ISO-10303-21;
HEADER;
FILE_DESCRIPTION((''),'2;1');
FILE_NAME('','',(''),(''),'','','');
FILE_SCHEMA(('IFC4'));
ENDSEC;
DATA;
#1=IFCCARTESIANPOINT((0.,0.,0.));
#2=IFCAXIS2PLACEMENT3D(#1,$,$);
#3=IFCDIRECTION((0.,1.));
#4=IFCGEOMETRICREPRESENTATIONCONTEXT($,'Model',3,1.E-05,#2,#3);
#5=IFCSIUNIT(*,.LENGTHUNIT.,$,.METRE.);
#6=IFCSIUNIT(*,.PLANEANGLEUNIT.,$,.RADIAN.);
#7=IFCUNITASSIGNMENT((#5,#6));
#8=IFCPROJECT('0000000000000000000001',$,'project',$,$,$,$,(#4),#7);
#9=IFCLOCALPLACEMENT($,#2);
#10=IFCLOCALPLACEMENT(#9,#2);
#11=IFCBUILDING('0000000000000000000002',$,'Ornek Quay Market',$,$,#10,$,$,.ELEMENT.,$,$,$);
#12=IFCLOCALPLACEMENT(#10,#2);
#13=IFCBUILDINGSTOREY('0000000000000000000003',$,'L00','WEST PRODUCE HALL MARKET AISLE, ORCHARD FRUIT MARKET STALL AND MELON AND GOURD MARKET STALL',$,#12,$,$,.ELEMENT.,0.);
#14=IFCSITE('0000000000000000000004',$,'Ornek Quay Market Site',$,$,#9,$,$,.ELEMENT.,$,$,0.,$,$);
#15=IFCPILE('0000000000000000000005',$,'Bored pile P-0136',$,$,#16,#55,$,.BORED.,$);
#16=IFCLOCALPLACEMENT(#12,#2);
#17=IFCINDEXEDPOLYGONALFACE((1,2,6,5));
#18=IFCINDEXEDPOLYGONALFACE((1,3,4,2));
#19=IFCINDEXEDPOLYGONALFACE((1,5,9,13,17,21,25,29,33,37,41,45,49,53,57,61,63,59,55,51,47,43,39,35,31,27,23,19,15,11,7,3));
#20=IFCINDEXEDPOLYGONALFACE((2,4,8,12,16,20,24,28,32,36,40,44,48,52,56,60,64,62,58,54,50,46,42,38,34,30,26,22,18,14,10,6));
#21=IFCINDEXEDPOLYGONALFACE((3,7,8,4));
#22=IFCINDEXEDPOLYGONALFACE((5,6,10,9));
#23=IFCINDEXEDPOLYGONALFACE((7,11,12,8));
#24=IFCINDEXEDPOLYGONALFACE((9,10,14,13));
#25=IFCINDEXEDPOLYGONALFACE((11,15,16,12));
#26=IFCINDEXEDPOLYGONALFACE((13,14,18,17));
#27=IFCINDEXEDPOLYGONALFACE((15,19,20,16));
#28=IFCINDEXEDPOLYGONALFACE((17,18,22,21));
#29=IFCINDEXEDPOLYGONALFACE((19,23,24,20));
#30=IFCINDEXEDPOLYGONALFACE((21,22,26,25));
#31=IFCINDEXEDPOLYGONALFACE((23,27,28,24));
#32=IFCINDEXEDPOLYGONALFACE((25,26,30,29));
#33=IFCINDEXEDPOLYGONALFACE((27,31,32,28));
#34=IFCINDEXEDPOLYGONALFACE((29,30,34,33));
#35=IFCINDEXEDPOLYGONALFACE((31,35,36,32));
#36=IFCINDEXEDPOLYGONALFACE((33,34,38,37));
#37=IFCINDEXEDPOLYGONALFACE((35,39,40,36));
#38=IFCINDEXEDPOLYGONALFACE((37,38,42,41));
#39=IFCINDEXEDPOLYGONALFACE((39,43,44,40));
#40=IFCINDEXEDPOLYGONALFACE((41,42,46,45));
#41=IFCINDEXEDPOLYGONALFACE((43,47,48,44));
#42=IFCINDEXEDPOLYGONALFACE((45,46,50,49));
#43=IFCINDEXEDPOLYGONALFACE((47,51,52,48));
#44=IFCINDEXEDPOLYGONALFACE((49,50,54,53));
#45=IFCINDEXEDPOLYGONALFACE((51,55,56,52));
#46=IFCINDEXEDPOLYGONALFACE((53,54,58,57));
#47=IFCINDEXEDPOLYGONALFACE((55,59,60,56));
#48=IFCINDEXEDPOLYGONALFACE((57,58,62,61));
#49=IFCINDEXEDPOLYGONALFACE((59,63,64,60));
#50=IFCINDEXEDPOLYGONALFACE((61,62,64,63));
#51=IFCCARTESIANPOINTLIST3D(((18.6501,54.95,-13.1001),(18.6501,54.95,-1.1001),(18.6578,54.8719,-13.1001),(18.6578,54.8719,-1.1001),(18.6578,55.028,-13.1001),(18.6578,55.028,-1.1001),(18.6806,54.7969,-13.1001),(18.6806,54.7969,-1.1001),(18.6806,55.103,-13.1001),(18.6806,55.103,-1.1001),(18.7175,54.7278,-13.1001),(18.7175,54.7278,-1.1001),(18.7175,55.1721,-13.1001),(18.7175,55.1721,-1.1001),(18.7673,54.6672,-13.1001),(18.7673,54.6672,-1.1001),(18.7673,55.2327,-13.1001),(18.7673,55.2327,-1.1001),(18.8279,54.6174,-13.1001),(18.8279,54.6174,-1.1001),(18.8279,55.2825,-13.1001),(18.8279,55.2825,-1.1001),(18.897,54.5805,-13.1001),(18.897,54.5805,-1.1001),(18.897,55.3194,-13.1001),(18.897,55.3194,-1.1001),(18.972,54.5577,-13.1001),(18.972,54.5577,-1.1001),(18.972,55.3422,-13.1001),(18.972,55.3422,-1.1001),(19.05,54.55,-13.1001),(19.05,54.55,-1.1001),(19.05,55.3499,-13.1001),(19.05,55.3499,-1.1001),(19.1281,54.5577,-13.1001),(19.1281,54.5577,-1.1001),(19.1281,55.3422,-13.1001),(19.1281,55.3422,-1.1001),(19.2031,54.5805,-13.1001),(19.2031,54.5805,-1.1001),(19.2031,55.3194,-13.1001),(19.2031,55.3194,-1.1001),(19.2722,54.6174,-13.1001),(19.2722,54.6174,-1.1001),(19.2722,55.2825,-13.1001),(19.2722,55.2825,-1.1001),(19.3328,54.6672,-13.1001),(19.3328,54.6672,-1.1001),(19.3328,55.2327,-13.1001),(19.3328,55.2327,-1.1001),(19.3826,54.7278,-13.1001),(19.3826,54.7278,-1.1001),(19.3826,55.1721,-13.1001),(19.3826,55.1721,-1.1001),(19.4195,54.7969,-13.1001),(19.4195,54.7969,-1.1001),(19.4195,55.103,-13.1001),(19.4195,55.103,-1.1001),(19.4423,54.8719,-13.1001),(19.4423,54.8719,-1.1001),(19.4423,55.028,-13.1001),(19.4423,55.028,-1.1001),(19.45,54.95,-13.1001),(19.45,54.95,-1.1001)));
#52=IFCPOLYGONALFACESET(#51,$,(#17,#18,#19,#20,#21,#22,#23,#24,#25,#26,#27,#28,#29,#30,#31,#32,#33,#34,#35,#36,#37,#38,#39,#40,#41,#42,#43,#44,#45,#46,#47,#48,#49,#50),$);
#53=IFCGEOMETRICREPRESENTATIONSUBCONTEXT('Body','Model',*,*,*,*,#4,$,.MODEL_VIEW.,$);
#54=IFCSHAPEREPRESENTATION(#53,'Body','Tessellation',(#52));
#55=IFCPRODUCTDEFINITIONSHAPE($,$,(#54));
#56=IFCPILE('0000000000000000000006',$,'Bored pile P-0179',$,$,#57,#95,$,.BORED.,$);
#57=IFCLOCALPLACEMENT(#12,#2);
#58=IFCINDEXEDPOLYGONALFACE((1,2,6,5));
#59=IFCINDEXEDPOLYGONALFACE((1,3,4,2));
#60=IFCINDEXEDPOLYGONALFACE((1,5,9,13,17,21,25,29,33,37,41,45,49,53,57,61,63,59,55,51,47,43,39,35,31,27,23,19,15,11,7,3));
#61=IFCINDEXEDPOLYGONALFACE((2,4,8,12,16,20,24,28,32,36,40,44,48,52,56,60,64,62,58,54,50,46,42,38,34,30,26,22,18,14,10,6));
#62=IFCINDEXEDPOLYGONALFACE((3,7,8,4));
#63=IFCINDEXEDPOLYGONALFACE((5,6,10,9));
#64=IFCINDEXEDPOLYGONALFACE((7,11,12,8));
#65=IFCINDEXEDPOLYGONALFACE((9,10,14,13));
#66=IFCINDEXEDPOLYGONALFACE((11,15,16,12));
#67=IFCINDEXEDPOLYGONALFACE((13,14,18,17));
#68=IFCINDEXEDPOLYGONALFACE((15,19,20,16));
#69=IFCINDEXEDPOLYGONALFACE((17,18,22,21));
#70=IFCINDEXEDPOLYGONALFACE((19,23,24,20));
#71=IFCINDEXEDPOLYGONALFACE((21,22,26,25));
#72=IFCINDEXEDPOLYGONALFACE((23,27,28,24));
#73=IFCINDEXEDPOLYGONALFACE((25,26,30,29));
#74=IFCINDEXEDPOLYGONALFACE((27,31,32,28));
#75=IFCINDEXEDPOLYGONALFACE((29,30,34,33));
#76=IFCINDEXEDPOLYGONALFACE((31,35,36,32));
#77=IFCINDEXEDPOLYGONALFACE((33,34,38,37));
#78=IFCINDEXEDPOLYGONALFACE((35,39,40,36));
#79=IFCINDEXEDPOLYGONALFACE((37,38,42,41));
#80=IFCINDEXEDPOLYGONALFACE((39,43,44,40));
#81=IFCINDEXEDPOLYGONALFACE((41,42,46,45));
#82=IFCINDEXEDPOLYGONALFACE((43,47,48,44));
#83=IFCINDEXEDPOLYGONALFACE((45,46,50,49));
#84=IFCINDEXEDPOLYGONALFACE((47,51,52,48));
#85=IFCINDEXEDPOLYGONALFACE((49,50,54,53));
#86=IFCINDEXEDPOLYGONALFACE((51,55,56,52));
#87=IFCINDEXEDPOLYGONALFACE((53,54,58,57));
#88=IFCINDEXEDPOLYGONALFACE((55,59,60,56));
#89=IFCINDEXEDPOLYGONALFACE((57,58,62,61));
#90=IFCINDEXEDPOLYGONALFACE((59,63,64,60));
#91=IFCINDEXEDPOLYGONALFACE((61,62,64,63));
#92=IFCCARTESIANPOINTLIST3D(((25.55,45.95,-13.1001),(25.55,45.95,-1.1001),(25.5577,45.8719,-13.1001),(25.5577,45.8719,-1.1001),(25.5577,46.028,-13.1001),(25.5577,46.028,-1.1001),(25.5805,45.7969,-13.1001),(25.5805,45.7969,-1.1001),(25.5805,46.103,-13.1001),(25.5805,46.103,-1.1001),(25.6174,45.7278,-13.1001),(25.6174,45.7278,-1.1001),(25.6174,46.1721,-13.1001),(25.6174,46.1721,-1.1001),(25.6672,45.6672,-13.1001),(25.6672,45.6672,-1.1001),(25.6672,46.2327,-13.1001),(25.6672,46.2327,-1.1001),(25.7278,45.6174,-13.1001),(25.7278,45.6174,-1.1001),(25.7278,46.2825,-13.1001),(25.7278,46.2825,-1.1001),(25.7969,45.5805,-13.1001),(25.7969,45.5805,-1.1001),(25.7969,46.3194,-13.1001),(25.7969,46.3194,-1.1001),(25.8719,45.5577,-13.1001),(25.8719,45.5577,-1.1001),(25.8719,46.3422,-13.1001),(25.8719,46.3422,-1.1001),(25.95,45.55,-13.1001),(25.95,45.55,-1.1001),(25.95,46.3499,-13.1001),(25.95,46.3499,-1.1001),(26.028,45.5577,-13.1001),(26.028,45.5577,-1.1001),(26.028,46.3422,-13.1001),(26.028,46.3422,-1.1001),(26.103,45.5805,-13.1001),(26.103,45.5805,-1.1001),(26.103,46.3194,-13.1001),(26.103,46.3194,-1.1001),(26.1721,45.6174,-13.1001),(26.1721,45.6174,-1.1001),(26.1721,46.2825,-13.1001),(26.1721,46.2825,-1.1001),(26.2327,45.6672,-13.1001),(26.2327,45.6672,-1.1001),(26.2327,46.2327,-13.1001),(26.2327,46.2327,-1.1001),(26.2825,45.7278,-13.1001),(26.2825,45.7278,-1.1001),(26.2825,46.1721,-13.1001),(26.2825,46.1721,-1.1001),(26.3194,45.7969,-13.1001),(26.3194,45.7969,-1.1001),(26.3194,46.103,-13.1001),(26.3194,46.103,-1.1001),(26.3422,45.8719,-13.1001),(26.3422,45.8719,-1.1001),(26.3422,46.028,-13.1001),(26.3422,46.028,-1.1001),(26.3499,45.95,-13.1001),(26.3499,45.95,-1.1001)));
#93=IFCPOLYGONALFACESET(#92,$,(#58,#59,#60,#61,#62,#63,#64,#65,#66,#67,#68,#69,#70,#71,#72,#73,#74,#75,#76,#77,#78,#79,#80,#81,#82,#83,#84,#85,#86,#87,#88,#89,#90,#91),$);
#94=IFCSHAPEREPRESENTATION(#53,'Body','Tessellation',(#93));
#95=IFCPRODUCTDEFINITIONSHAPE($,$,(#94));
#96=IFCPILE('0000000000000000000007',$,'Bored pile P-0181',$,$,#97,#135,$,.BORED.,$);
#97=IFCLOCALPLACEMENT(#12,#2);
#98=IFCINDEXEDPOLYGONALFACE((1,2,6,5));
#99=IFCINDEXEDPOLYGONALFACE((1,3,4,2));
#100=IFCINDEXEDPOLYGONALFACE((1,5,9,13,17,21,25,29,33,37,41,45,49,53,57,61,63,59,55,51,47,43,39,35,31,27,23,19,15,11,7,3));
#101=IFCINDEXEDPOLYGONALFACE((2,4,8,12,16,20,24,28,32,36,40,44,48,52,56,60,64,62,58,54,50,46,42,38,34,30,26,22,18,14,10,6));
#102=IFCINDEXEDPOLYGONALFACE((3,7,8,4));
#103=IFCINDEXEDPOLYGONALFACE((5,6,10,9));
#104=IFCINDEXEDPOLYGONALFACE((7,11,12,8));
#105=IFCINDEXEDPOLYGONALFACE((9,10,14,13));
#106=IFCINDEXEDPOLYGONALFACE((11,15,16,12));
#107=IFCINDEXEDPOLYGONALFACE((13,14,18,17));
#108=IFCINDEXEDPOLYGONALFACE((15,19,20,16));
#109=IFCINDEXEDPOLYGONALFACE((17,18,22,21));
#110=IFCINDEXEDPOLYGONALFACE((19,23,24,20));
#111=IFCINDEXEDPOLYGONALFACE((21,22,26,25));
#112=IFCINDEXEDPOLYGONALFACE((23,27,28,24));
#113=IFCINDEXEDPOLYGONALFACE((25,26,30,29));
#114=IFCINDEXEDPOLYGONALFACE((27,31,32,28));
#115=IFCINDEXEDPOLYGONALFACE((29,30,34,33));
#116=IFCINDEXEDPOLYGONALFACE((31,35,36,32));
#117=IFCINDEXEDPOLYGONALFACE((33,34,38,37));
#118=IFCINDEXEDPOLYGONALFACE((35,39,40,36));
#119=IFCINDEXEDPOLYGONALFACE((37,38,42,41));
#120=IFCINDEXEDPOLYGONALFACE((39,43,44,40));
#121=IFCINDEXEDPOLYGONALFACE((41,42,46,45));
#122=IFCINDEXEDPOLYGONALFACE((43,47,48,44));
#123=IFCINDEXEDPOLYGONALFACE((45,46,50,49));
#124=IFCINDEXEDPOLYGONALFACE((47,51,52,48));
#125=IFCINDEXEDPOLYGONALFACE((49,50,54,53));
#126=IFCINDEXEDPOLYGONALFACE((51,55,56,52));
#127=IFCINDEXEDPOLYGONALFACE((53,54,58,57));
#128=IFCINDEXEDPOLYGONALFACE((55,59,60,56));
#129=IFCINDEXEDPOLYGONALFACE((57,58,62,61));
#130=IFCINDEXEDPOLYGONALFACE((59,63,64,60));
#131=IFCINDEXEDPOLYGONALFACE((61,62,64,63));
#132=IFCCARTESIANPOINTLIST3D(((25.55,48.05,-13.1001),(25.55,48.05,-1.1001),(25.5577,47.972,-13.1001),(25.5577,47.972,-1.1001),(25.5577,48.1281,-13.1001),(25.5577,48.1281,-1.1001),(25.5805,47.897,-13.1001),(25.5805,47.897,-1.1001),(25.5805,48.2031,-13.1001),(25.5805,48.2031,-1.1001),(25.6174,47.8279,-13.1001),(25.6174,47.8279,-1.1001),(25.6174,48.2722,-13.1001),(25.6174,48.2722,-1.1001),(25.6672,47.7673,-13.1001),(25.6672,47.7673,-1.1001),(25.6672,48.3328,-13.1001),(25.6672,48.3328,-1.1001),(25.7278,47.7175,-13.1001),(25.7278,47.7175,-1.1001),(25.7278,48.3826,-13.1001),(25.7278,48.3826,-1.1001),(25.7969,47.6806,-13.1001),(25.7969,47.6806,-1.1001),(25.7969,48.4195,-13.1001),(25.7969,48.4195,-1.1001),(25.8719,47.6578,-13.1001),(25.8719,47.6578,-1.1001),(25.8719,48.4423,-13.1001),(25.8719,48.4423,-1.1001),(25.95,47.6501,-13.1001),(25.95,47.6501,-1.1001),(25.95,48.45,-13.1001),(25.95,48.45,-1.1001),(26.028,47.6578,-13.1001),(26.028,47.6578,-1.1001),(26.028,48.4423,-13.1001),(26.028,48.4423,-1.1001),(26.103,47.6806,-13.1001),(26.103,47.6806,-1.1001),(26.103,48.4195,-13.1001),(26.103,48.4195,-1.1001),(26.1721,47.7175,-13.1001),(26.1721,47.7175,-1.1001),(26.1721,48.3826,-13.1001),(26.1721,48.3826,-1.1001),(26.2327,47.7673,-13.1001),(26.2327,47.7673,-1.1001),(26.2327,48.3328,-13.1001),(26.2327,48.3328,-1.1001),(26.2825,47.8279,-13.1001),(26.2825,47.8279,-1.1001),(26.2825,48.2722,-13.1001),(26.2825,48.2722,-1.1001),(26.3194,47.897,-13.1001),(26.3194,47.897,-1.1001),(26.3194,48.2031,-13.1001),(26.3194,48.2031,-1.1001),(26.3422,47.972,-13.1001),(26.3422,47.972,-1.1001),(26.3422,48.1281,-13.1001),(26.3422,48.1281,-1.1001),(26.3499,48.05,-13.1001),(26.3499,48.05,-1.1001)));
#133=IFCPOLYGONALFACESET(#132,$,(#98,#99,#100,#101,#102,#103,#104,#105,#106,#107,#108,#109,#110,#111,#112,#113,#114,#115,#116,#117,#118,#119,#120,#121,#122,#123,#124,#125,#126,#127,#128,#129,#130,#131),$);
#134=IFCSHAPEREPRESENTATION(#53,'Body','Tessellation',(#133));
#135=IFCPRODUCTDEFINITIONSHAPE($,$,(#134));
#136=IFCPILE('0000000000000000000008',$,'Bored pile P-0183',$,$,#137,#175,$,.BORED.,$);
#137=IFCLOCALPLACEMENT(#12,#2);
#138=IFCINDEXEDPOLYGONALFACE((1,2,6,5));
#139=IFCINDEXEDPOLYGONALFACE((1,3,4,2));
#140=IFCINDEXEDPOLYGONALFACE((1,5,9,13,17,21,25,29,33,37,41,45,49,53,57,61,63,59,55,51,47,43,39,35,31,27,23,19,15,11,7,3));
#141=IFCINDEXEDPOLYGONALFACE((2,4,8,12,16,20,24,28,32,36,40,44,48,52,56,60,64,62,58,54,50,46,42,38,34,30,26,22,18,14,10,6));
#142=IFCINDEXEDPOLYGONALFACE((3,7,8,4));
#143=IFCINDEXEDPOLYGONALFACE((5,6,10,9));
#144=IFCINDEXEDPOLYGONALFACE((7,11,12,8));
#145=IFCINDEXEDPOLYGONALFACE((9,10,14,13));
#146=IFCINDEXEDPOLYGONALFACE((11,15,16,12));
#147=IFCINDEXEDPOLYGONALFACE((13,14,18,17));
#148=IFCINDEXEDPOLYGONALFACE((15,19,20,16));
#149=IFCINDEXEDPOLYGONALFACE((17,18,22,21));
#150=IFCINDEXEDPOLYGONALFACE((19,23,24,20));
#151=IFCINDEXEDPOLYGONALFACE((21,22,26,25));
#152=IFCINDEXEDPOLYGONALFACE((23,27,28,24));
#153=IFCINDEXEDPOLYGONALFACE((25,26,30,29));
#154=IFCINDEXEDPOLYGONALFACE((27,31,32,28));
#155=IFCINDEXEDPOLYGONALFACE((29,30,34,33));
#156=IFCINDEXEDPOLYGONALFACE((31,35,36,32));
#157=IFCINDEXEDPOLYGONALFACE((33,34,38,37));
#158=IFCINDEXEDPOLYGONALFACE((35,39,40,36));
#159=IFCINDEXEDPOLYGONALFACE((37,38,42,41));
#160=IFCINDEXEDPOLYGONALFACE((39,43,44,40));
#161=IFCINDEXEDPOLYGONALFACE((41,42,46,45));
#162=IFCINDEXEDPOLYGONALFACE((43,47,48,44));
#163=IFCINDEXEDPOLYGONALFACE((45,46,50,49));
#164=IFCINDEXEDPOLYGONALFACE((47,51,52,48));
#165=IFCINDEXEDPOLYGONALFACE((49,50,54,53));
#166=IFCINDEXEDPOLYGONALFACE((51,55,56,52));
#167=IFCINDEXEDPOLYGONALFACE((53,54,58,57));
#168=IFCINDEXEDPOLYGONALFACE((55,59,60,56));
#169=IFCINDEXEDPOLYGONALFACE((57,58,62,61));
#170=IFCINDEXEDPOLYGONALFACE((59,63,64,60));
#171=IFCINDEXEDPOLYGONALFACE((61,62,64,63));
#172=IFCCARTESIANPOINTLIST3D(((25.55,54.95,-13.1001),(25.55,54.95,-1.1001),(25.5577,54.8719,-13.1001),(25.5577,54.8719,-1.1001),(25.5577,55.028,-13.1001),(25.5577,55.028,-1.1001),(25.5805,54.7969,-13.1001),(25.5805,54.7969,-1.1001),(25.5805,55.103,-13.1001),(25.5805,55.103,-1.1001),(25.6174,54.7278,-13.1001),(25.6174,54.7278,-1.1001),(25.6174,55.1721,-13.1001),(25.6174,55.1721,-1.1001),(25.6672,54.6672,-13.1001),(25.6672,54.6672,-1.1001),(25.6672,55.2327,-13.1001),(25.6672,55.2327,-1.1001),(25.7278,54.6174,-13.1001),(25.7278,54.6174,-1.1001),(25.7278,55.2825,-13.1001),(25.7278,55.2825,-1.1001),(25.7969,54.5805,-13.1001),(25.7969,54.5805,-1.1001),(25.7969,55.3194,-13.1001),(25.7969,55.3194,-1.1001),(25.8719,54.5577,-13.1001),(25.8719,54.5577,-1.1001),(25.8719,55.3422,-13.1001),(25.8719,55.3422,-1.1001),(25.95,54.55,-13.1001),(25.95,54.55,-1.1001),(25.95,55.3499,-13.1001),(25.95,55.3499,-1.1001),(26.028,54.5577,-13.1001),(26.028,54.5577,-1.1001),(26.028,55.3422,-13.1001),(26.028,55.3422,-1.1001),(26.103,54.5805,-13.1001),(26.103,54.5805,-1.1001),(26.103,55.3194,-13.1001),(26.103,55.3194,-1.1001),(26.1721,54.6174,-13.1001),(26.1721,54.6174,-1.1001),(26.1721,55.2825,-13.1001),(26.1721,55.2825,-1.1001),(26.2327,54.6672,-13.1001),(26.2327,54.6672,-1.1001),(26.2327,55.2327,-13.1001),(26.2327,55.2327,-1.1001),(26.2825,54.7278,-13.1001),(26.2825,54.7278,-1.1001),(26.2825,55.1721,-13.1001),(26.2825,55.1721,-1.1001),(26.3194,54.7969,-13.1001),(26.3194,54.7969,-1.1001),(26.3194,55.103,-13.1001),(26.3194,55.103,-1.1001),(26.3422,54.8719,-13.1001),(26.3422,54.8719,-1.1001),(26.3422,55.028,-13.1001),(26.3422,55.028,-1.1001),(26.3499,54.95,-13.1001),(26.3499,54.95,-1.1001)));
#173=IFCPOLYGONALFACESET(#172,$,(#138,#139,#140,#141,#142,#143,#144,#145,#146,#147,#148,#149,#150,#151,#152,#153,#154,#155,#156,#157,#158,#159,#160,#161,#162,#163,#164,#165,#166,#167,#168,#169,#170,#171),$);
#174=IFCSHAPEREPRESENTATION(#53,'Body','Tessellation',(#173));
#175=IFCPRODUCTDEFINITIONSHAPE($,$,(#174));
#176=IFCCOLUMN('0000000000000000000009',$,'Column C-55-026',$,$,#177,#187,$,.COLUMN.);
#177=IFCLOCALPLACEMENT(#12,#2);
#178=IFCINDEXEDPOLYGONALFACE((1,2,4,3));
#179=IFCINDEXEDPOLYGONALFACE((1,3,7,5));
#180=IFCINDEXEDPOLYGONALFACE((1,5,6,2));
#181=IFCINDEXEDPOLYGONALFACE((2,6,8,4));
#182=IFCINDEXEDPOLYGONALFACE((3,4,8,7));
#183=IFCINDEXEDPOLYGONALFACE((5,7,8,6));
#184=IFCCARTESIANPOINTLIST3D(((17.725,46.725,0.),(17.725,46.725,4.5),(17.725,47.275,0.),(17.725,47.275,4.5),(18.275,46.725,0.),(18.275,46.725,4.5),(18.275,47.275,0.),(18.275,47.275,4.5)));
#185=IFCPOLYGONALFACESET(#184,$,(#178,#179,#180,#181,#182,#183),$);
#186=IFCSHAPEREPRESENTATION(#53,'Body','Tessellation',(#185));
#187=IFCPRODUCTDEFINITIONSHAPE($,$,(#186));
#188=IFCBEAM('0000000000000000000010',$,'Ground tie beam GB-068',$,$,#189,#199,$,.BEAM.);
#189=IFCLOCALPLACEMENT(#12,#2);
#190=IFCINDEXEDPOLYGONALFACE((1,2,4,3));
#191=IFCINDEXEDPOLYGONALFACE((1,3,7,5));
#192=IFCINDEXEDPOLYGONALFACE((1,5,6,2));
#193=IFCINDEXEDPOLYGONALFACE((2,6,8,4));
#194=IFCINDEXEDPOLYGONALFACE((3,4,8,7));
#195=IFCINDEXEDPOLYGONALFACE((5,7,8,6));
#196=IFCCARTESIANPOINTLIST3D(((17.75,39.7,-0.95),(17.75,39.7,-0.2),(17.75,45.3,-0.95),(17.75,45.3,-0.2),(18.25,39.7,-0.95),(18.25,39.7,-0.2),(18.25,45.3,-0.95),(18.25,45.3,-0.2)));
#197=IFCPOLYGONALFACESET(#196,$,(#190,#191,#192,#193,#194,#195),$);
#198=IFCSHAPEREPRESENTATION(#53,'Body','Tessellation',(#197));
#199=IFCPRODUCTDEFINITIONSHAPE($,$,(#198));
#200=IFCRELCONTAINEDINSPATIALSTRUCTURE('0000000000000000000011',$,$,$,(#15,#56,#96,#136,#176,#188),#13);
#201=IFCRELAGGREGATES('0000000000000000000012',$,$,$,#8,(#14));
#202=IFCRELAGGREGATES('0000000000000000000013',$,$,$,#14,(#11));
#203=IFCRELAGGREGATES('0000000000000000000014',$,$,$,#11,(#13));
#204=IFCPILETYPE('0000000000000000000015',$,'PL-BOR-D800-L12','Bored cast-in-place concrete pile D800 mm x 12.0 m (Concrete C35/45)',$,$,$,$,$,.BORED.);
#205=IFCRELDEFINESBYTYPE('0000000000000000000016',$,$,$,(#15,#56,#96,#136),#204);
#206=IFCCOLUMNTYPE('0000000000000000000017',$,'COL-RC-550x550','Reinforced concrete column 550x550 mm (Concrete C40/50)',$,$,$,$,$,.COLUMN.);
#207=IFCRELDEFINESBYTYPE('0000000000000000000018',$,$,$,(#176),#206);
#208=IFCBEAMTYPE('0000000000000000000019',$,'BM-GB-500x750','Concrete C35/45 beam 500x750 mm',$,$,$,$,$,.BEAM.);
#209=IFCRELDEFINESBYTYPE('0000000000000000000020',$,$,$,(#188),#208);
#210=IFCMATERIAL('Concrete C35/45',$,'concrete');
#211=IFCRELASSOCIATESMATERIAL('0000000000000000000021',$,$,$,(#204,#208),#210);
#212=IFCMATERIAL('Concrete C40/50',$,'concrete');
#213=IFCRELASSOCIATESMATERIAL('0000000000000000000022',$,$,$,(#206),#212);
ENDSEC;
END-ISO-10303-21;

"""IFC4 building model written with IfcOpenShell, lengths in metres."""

from ifc_helpers import new_model, si_unit, direction, frame, origin, origin_2d, place, context, subcontext, project, spatial, rectangle, circle, extrude, material, material_profile, profile_set, type_object, element, save


model = new_model("IFC4")

# Units and contexts
model_context = context("Model", 3, precision=1e-05, world=origin(), true_north=direction((0.0, 1.0)))
body_context = subcontext(model_context, "Body", "Model", "MODEL_VIEW")
ifc_project = project(units=[si_unit("LENGTHUNIT", "METRE"), si_unit("PLANEANGLEUNIT", "RADIAN")], contexts=[model_context])

# Site, building, storey
site_placement = place(None, origin())
site = spatial("IfcSite", under=ifc_project, at=site_placement, Name="Ornek Quay Market Site", CompositionType="ELEMENT", RefElevation=0.0)
building_placement = place(site_placement, origin())
building = spatial("IfcBuilding", under=site, at=building_placement, Name="Ornek Quay Market", CompositionType="ELEMENT")
storey_placement = place(building_placement, origin())
storey = spatial("IfcBuildingStorey", under=building, at=storey_placement, Name="L00", Description="WEST PRODUCE HALL MARKET AISLE, ORCHARD FRUIT MARKET STALL AND MELON AND GOURD MARKET STALL", CompositionType="ELEMENT", Elevation=0.0)

# Piles
ifc_material_1 = material(Name="Concrete C35/45", Category="concrete")
ifc_material_profile_1 = material_profile(ifc_material_1, circle(Radius=0.3999, at=origin_2d()), Name="PILE D800", Category="concrete")
ifc_profile_set_1 = profile_set([ifc_material_profile_1], Name="Concrete C35/45")
pile_type = type_object("IfcPileType", Name="PL-BOR-D800-L12", Description="Bored cast-in-place concrete pile D800 mm x 12.0 m (Concrete C35/45)", PredefinedType="BORED", material=ifc_profile_set_1)
for number, where, z_axis, x_axis, name in (
    (1, (19.05, 54.95, -1.1001), (0.0, 0.0, -1.0), (1.0, 0.0, 0.0), "Bored pile P-0136"),
    (2, (25.95, 45.95, -1.1001), (0.0, 0.0, -1.0), (1.0, 0.0, 0.0), "Bored pile P-0179"),
    (3, (25.95, 48.05, -1.1001), (0.0, 0.0, -1.0), (1.0, 0.0, 0.0), "Bored pile P-0181"),
    (4, (25.95, 54.95, -1.1001), (0.0, 0.0, -1.0), (1.0, 0.0, 0.0), "Bored pile P-0183"),
):
    element("IfcPile", number, at=place(storey_placement, frame(where, z_axis=z_axis, x_axis=x_axis)), inside=storey, type_object=pile_type, Name=name, PredefinedType="BORED", context=body_context, shape_type="SweptSolid", body=[
        extrude(circle(Radius=0.3999, at=origin_2d()), origin(), (0.0, 0.0, 1.0), 12.0),
    ])

# Column
ifc_material_2 = material(Name="Concrete C40/50", Category="concrete")
ifc_material_profile_2 = material_profile(ifc_material_2, rectangle(XDim=0.55, YDim=0.55, at=origin_2d()), Name="RC 550x550", Category="concrete")
ifc_profile_set_2 = profile_set([ifc_material_profile_2], Name="Concrete C40/50")
column_type = type_object("IfcColumnType", Name="COL-RC-550x550", Description="Reinforced concrete column 550x550 mm (Concrete C40/50)", PredefinedType="COLUMN", material=ifc_profile_set_2)
column_placement = place(storey_placement, frame((18.0, 47.0, 0.0), z_axis=(0.0, 0.0, 1.0), x_axis=(1.0, 0.0, 0.0)))
element("IfcColumn", 5, at=column_placement, inside=storey, type_object=column_type, Name="Column C-55-026", PredefinedType="COLUMN", context=body_context, shape_type="SweptSolid", body=[
    extrude(rectangle(XDim=0.55, YDim=0.55, at=origin_2d()), origin(), (0.0, 0.0, 1.0), 4.5),
])

# Beam
ifc_material_profile_3 = material_profile(ifc_material_1, rectangle(XDim=0.5, YDim=0.75, at=origin_2d()), Name="RC 500x750", Category="concrete")
ifc_profile_set_3 = profile_set([ifc_material_profile_3], Name="Concrete C35/45")
beam_type_1 = type_object("IfcBeamType", Name="BM-GB-500x750", Description="Concrete C35/45 beam 500x750 mm", PredefinedType="BEAM", material=ifc_profile_set_3)
for number, where, z_axis, x_axis, name in (
    (6, (18.0, 39.7, -0.575), (0.0, 1.0, 0.0), (-1.0, 0.0, 0.0), "Ground tie beam GB-068"),
):
    element("IfcBeam", number, at=place(storey_placement, frame(where, z_axis=z_axis, x_axis=x_axis)), inside=storey, type_object=beam_type_1, Name=name, PredefinedType="BEAM", context=body_context, shape_type="SweptSolid", body=[
        extrude(rectangle(XDim=0.5, YDim=0.75, at=origin_2d()), origin(), (0.0, 0.0, 1.0), 5.6001),
    ])

save(model, "model.ifc")
